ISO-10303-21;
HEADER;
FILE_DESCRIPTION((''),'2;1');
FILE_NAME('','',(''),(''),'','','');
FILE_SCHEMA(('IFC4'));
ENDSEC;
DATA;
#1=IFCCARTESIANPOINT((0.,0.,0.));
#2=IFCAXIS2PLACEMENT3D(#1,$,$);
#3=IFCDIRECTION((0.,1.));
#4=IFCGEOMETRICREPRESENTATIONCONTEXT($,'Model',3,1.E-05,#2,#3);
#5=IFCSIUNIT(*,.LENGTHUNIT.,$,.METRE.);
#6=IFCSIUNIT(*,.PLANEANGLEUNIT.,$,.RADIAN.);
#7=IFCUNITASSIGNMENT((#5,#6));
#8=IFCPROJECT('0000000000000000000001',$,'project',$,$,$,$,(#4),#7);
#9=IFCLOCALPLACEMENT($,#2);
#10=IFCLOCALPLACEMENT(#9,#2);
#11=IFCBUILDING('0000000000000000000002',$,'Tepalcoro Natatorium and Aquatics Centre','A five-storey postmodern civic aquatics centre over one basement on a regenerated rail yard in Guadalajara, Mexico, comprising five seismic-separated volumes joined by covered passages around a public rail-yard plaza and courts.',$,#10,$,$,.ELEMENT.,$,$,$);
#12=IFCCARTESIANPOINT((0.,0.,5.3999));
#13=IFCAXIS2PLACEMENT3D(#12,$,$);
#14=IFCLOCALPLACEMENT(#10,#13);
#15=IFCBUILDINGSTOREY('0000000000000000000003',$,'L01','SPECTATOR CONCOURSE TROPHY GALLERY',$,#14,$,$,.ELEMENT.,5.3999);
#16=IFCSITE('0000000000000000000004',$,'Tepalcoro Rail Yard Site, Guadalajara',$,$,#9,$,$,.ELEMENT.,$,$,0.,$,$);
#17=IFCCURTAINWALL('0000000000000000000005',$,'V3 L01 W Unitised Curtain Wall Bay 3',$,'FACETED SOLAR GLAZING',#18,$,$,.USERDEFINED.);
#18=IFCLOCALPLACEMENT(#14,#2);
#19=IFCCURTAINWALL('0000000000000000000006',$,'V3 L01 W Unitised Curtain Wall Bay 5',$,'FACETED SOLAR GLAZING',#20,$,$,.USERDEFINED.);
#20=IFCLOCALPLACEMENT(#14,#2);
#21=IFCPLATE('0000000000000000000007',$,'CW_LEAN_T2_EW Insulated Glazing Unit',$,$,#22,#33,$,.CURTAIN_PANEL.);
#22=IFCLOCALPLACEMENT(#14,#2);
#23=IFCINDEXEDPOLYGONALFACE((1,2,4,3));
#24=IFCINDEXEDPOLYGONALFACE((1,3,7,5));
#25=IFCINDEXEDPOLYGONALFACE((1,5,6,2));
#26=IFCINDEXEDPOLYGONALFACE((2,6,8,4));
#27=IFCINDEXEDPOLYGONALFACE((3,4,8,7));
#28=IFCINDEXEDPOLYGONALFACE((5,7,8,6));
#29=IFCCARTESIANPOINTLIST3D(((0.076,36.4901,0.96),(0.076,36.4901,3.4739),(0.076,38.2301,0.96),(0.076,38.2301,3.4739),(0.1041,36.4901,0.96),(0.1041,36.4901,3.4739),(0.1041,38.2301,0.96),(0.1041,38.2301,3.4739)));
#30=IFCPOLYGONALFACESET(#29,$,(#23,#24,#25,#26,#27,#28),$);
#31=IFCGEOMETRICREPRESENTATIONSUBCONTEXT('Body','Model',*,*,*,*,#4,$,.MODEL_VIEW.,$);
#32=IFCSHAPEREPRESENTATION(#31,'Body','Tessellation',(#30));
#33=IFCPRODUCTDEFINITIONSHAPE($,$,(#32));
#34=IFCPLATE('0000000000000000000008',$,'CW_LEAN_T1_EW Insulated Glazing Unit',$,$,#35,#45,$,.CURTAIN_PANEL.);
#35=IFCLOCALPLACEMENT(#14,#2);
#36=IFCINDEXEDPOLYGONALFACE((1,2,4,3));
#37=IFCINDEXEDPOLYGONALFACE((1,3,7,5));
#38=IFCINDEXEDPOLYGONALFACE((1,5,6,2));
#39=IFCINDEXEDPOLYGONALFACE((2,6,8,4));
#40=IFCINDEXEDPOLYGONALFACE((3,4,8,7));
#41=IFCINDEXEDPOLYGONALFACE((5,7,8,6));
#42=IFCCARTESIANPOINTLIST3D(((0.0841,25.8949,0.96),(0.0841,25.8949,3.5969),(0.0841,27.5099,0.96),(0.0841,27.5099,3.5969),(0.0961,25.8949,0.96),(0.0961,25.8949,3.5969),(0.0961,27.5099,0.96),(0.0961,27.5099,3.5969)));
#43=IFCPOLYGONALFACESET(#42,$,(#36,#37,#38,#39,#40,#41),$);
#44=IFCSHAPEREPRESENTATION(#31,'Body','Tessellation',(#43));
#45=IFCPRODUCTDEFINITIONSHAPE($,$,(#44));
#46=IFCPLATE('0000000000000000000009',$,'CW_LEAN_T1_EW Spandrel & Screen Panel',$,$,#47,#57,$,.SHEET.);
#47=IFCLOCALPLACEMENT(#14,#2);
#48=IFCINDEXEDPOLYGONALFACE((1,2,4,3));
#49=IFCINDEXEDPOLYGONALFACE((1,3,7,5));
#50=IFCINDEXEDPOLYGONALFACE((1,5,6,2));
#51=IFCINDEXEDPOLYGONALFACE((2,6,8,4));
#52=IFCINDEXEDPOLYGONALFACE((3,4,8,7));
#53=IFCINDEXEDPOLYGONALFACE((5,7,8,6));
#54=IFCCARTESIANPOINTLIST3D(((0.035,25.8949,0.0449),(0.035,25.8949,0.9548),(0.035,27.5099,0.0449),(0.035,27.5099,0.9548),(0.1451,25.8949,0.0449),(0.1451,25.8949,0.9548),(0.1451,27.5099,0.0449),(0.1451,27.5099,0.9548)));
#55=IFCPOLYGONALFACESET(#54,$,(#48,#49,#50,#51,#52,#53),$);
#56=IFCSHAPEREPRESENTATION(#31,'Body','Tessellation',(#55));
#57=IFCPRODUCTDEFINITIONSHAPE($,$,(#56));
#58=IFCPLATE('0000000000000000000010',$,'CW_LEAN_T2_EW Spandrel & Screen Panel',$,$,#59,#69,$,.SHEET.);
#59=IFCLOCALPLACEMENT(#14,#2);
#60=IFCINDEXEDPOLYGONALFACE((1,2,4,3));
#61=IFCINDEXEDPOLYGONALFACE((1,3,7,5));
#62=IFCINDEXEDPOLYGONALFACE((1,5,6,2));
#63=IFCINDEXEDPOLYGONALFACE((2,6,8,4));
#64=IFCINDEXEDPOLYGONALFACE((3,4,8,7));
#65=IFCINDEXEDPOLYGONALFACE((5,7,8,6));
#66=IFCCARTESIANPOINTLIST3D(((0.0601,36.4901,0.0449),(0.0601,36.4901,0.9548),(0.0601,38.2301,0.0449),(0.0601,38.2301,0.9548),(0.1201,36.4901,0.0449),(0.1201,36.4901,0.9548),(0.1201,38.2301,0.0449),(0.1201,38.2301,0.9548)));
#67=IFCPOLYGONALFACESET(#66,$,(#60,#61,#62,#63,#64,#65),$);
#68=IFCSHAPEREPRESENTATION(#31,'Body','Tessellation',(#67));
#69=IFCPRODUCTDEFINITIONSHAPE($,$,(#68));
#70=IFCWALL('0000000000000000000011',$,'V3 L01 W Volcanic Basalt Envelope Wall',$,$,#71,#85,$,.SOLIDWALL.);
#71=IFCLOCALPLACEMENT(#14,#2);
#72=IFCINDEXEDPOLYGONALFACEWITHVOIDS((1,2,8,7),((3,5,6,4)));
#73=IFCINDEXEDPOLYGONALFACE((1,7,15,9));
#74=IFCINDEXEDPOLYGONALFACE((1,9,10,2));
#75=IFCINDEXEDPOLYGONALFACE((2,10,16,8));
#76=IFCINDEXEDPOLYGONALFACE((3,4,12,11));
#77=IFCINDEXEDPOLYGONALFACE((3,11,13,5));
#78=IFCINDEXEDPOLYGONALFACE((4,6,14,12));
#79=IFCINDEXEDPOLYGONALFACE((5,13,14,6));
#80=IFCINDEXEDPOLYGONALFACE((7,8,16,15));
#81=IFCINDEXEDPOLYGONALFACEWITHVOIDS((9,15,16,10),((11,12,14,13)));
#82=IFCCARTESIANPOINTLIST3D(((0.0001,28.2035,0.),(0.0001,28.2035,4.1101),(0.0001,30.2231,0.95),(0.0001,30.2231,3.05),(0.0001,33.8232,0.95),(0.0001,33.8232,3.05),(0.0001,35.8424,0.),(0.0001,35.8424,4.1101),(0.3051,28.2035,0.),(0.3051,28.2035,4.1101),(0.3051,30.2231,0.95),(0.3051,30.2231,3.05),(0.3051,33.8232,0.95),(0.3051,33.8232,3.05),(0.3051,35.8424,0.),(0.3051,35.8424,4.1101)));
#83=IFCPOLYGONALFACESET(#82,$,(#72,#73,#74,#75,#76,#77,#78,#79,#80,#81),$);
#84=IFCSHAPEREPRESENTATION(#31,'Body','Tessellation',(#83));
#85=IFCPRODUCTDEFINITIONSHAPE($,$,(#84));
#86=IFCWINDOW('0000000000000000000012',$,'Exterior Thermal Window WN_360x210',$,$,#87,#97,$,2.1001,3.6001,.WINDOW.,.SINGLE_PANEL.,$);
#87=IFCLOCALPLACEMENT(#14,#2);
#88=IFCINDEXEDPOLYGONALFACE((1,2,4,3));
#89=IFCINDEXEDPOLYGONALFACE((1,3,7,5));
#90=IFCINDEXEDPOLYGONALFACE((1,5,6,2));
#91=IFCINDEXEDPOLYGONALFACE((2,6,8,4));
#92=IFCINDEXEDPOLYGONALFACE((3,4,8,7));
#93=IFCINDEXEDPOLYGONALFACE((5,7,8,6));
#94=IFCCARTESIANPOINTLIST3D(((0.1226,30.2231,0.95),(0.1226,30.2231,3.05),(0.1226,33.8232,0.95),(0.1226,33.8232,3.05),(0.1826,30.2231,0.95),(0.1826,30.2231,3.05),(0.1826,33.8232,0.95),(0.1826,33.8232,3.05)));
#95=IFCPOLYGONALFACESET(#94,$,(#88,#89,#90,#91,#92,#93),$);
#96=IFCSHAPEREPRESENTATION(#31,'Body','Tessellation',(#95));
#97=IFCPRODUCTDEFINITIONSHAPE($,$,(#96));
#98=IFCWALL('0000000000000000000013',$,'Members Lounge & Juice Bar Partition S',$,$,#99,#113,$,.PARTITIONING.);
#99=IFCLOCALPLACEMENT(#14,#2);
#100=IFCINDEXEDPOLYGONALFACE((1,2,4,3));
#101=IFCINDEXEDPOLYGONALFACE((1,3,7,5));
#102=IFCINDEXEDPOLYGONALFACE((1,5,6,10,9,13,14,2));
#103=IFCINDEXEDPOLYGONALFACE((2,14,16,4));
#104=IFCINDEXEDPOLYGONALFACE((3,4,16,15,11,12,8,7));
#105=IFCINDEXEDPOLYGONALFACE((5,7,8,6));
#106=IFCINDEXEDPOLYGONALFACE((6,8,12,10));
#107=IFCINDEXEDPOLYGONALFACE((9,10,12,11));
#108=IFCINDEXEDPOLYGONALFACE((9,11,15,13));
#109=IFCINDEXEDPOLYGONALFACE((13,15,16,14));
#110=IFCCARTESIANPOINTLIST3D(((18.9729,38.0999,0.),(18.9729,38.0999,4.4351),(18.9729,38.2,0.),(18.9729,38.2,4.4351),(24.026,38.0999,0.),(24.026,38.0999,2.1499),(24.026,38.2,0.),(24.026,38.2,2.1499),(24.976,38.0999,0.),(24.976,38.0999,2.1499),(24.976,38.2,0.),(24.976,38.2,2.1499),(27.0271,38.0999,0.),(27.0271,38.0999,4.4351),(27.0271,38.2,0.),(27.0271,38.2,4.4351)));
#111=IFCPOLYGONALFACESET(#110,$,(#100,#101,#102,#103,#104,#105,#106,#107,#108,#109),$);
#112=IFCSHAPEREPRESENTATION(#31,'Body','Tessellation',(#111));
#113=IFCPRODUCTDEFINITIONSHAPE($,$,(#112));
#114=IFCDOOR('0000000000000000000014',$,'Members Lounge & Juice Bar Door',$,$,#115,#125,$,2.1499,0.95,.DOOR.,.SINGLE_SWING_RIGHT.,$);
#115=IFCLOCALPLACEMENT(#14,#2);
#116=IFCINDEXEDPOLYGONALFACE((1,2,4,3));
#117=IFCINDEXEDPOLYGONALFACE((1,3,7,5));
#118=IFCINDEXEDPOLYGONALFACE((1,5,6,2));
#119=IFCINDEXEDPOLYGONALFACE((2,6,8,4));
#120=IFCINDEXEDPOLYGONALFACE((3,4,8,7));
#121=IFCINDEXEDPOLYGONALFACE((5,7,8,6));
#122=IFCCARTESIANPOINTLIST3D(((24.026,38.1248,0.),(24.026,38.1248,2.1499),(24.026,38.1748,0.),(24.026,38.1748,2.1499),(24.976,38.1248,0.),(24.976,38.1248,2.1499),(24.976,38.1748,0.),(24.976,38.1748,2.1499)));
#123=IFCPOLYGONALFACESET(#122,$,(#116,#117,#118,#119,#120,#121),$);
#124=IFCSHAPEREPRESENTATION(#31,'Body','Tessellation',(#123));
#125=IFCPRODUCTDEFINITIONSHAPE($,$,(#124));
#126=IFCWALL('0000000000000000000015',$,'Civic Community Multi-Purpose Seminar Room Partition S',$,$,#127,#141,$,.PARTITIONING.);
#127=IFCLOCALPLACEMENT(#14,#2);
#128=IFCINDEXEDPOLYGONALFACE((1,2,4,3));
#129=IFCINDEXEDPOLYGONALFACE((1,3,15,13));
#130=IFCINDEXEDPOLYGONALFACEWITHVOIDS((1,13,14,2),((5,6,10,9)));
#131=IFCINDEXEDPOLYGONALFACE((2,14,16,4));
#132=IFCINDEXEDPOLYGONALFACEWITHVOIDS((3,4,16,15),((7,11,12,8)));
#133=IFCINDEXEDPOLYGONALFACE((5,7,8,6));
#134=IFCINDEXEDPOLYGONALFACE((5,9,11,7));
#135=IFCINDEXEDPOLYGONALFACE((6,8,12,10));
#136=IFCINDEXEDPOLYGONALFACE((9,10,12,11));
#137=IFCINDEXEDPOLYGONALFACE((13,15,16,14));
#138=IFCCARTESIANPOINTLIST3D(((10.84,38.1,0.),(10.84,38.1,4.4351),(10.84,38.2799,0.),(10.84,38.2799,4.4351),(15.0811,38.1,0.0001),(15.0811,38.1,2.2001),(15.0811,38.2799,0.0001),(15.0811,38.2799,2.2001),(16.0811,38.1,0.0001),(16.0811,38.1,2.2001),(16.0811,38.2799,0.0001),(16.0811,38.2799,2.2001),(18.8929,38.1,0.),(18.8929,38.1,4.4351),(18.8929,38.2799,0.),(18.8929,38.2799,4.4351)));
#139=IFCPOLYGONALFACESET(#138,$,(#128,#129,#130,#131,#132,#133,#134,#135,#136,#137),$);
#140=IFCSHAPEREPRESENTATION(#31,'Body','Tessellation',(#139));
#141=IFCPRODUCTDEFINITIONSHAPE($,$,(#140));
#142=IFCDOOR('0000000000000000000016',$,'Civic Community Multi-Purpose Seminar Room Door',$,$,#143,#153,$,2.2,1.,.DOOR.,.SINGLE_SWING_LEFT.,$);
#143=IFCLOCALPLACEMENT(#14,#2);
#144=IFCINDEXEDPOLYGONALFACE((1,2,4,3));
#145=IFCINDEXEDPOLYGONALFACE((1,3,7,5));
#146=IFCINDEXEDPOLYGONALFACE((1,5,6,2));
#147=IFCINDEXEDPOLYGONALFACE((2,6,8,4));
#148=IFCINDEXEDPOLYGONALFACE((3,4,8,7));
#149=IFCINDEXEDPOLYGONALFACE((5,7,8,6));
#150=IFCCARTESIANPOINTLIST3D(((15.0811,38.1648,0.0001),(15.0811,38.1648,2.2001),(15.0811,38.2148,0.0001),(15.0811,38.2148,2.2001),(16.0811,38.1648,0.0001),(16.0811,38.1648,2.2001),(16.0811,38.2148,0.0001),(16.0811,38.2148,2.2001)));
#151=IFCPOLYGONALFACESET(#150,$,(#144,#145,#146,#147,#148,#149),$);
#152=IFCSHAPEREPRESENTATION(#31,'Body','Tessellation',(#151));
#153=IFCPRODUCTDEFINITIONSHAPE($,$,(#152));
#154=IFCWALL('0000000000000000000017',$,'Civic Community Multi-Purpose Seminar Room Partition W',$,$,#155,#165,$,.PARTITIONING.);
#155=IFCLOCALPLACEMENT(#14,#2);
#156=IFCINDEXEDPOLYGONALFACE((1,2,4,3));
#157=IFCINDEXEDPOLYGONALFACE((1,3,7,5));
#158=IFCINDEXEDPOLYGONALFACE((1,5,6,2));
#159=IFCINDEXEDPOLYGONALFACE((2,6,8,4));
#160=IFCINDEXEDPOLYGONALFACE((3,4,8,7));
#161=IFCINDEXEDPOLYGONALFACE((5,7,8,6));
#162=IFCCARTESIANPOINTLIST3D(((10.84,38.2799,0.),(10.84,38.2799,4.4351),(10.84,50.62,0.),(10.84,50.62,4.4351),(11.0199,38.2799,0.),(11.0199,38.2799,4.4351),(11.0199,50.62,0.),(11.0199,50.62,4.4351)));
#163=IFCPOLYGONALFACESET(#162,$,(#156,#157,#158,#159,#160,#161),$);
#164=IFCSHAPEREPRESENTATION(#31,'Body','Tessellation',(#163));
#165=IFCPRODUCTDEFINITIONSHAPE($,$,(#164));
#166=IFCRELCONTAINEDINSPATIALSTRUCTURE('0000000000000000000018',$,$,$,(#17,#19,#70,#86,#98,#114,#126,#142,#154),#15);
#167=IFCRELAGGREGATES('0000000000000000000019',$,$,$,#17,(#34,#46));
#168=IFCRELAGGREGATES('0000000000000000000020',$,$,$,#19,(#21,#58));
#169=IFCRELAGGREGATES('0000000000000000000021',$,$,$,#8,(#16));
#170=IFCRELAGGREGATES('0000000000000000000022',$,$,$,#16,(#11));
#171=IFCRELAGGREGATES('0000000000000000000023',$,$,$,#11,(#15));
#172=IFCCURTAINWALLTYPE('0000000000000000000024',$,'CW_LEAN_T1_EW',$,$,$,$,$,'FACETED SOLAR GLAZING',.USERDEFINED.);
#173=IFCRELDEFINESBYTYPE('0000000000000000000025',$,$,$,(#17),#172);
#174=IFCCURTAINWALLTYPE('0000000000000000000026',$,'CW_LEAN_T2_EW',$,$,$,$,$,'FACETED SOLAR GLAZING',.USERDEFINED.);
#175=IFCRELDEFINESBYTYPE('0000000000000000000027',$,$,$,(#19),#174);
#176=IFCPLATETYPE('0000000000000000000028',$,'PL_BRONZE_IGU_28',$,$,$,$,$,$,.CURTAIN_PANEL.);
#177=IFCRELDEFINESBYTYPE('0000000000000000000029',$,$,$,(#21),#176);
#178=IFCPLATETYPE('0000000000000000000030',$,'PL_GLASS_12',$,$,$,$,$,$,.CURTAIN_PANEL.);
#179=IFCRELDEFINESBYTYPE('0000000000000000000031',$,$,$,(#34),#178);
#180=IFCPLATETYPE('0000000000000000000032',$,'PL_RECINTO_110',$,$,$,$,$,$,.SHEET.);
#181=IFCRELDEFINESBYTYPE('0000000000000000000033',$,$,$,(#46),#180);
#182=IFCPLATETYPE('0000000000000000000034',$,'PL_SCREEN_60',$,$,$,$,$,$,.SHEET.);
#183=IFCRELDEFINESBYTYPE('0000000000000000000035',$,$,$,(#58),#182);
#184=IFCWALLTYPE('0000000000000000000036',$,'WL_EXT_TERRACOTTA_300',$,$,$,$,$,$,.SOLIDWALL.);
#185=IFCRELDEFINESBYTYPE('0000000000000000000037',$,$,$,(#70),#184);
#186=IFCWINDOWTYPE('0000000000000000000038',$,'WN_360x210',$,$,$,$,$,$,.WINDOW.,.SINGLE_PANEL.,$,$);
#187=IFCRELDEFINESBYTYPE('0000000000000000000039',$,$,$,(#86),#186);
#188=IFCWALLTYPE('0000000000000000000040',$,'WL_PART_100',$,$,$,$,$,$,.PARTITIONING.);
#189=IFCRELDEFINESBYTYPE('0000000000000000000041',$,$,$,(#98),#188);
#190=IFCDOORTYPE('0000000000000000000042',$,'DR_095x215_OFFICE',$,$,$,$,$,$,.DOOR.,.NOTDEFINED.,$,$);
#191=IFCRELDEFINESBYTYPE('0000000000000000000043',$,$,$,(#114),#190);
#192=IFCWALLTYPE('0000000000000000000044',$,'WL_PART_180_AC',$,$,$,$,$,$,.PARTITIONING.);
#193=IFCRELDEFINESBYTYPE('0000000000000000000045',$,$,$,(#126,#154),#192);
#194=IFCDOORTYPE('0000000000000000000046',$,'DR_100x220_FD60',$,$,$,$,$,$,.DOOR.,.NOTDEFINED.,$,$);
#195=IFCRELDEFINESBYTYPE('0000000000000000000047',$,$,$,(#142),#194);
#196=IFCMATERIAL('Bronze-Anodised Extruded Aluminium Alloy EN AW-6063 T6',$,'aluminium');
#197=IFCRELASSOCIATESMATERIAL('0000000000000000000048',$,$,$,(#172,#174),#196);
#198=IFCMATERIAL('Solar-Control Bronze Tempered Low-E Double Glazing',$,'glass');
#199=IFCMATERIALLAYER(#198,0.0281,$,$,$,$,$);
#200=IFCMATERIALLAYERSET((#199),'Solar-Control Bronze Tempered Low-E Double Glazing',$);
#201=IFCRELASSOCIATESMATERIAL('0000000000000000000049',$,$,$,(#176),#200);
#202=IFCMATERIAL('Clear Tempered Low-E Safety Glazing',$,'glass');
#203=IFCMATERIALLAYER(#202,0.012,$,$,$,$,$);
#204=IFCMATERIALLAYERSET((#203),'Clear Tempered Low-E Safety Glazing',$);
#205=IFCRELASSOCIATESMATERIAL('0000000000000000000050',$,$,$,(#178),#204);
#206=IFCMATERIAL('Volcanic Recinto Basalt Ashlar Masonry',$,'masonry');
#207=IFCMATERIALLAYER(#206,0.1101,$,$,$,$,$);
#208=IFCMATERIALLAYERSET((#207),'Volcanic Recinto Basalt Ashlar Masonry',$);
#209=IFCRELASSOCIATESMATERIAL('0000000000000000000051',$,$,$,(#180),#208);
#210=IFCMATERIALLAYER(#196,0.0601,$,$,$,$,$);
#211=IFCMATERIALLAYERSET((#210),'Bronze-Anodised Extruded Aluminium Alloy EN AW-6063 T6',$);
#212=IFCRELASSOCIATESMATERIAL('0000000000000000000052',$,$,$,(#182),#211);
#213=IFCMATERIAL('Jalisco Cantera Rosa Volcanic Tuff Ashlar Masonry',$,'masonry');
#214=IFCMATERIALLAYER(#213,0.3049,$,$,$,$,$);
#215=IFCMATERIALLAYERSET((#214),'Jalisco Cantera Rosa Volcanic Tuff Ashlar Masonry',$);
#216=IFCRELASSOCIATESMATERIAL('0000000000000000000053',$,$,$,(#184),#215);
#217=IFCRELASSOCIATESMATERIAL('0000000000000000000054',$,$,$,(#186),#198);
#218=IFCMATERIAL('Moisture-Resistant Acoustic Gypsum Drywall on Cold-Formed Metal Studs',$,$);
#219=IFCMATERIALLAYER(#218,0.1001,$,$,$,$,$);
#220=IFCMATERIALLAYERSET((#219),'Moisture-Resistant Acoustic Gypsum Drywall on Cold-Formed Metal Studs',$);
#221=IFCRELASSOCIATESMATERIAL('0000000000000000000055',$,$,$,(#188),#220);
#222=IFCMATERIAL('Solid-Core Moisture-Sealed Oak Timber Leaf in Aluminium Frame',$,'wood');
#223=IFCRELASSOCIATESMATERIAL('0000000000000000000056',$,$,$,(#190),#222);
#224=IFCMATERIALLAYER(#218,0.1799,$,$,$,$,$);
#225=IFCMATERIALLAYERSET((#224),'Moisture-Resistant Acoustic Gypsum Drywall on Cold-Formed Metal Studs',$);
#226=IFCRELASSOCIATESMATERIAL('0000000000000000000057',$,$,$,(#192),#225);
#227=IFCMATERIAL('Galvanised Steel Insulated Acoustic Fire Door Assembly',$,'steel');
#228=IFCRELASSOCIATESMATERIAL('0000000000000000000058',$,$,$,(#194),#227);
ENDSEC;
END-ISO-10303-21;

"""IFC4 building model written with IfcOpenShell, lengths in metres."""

from ifc_helpers import new_model, si_unit, direction, frame, frame_2d, origin, origin_2d, place, context, subcontext, project, spatial, rectangle, extrude, material, layer, layer_set, type_object, element, fill, aggregate, save


model = new_model("IFC4")

# Units and contexts
model_context = context("Model", 3, precision=1e-05, world=origin(), true_north=direction((0.0, 1.0)))
body_context = subcontext(model_context, "Body", "Model", "MODEL_VIEW")
ifc_project = project(units=[si_unit("LENGTHUNIT", "METRE"), si_unit("PLANEANGLEUNIT", "RADIAN")], contexts=[model_context])

# Site, building, storey
site_placement = place(None, origin())
site = spatial("IfcSite", under=ifc_project, at=site_placement, Name="Tepalcoro Rail Yard Site, Guadalajara", CompositionType="ELEMENT", RefElevation=0.0)
building_placement = place(site_placement, origin())
building = spatial("IfcBuilding", under=site, at=building_placement, Name="Tepalcoro Natatorium and Aquatics Centre", Description="A five-storey postmodern civic aquatics centre over one basement on a regenerated rail yard in Guadalajara, Mexico, comprising five seismic-separated volumes joined by covered passages around a public rail-yard plaza and courts.", CompositionType="ELEMENT")
storey_placement = place(building_placement, frame((0.0, 0.0, 5.3999)))
storey = spatial("IfcBuildingStorey", under=building, at=storey_placement, Name="L01", Description="SPECTATOR CONCOURSE TROPHY GALLERY", CompositionType="ELEMENT", Elevation=5.3999)

# Curtain wall
ifc_material_1 = material(Name="Bronze-Anodised Extruded Aluminium Alloy EN AW-6063 T6", Category="aluminium")
curtain_wall_type_1 = type_object("IfcCurtainWallType", Name="CW_LEAN_T1_EW", ElementType="FACETED SOLAR GLAZING", PredefinedType="USERDEFINED", material=ifc_material_1)
curtain_wall_1_placement = place(storey_placement, origin())
curtain_wall_1 = element("IfcCurtainWall", 1, at=curtain_wall_1_placement, inside=storey, type_object=curtain_wall_type_1, Name="V3 L01 W Unitised Curtain Wall Bay 3", ObjectType="FACETED SOLAR GLAZING", PredefinedType="USERDEFINED")

# Curtain wall
curtain_wall_type_2 = type_object("IfcCurtainWallType", Name="CW_LEAN_T2_EW", ElementType="FACETED SOLAR GLAZING", PredefinedType="USERDEFINED", material=ifc_material_1)
curtain_wall_2_placement = place(storey_placement, origin())
curtain_wall_2 = element("IfcCurtainWall", 2, at=curtain_wall_2_placement, inside=storey, type_object=curtain_wall_type_2, Name="V3 L01 W Unitised Curtain Wall Bay 5", ObjectType="FACETED SOLAR GLAZING", PredefinedType="USERDEFINED")

# Plates
ifc_material_2 = material(Name="Solar-Control Bronze Tempered Low-E Double Glazing", Category="glass")
ifc_layer_1 = layer(ifc_material_2, 0.0281)
ifc_layer_set_1 = layer_set([ifc_layer_1], Name="Solar-Control Bronze Tempered Low-E Double Glazing")
plate_type_1 = type_object("IfcPlateType", Name="PL_BRONZE_IGU_28", PredefinedType="CURTAIN_PANEL", material=ifc_layer_set_1)
plate_1_placement = place(storey_placement, frame((0.0901, 37.3601, 0.96), z_axis=(0.0, 0.0, 1.0), x_axis=(1.0, 0.0, 0.0)))
plate_1 = element("IfcPlate", 3, at=plate_1_placement, type_object=plate_type_1, Name="CW_LEAN_T2_EW Insulated Glazing Unit", PredefinedType="CURTAIN_PANEL", context=body_context, shape_type="SweptSolid", body=[
    extrude(rectangle(XDim=0.0281, YDim=1.74, at=origin_2d()), origin(), (0.0, 0.0, 1.0), 2.5139),
])
ifc_material_3 = material(Name="Clear Tempered Low-E Safety Glazing", Category="glass")
ifc_layer_2 = layer(ifc_material_3, 0.012)
ifc_layer_set_2 = layer_set([ifc_layer_2], Name="Clear Tempered Low-E Safety Glazing")
plate_type_2 = type_object("IfcPlateType", Name="PL_GLASS_12", PredefinedType="CURTAIN_PANEL", material=ifc_layer_set_2)
plate_2_placement = place(storey_placement, frame((0.0901, 26.7024, 0.96), z_axis=(0.0, 0.0, 1.0), x_axis=(1.0, 0.0, 0.0)))
plate_2 = element("IfcPlate", 4, at=plate_2_placement, type_object=plate_type_2, Name="CW_LEAN_T1_EW Insulated Glazing Unit", PredefinedType="CURTAIN_PANEL", context=body_context, shape_type="SweptSolid", body=[
    extrude(rectangle(XDim=0.012, YDim=1.615, at=origin_2d()), origin(), (0.0, 0.0, 1.0), 2.637),
])
ifc_material_4 = material(Name="Volcanic Recinto Basalt Ashlar Masonry", Category="masonry")
ifc_layer_3 = layer(ifc_material_4, 0.1101)
ifc_layer_set_3 = layer_set([ifc_layer_3], Name="Volcanic Recinto Basalt Ashlar Masonry")
plate_type_3 = type_object("IfcPlateType", Name="PL_RECINTO_110", PredefinedType="SHEET", material=ifc_layer_set_3)
plate_3_placement = place(storey_placement, frame((0.0901, 26.7024, 0.0449), z_axis=(0.0, 0.0, 1.0), x_axis=(1.0, 0.0, 0.0)))
plate_3 = element("IfcPlate", 5, at=plate_3_placement, type_object=plate_type_3, Name="CW_LEAN_T1_EW Spandrel & Screen Panel", PredefinedType="SHEET", context=body_context, shape_type="SweptSolid", body=[
    extrude(rectangle(XDim=0.1101, YDim=1.615, at=origin_2d()), origin(), (0.0, 0.0, 1.0), 0.9099),
])
aggregate(curtain_wall_1, [plate_2, plate_3])
ifc_layer_4 = layer(ifc_material_1, 0.0601)
ifc_layer_set_4 = layer_set([ifc_layer_4], Name="Bronze-Anodised Extruded Aluminium Alloy EN AW-6063 T6")
plate_type_4 = type_object("IfcPlateType", Name="PL_SCREEN_60", PredefinedType="SHEET", material=ifc_layer_set_4)
plate_4_placement = place(storey_placement, frame((0.0901, 37.3601, 0.0449), z_axis=(0.0, 0.0, 1.0), x_axis=(1.0, 0.0, 0.0)))
plate_4 = element("IfcPlate", 6, at=plate_4_placement, type_object=plate_type_4, Name="CW_LEAN_T2_EW Spandrel & Screen Panel", PredefinedType="SHEET", context=body_context, shape_type="SweptSolid", body=[
    extrude(rectangle(XDim=0.0601, YDim=1.74, at=origin_2d()), origin(), (0.0, 0.0, 1.0), 0.9099),
])
aggregate(curtain_wall_2, [plate_1, plate_4])

# Wall, opening, window
ifc_material_5 = material(Name="Jalisco Cantera Rosa Volcanic Tuff Ashlar Masonry", Category="masonry")
ifc_layer_5 = layer(ifc_material_5, 0.3049)
ifc_layer_set_5 = layer_set([ifc_layer_5], Name="Jalisco Cantera Rosa Volcanic Tuff Ashlar Masonry")
wall_type_1 = type_object("IfcWallType", Name="WL_EXT_TERRACOTTA_300", PredefinedType="SOLIDWALL", material=ifc_layer_set_5)
wall_1_placement = place(storey_placement, frame((0.1526, 28.2036, 0.0), z_axis=(0.0, 0.0, 1.0), x_axis=(0.0, 1.0, 0.0)))
wall_1 = element("IfcWall", 7, at=wall_1_placement, inside=storey, type_object=wall_type_1, Name="V3 L01 W Volcanic Basalt Envelope Wall", PredefinedType="SOLIDWALL", context=body_context, shape_type="SweptSolid", body=[
    extrude(rectangle(XDim=7.6389, YDim=0.3049, at=frame_2d((3.8193, 0.0))), origin(), (0.0, 0.0, 1.0), 4.1101),
])
opening_1_placement = place(wall_1_placement, frame((2.0195, 0.0, 0.95)))
opening_1 = element("IfcOpeningElement", 8, at=opening_1_placement, cuts=wall_1, PredefinedType="OPENING", context=body_context, shape_type="SweptSolid", body=[
    extrude(rectangle(XDim=3.6001, YDim=2.1001, at=frame_2d((1.8, 1.05))), frame((0.0, 0.1646, 0.0), z_axis=(0.0, -1.0, 0.0), x_axis=(1.0, 0.0, 0.0)), (0.0, 0.0, 1.0), 0.3289),
])
window_type = type_object("IfcWindowType", Name="WN_360x210", PartitioningType="SINGLE_PANEL", PredefinedType="WINDOW", material=ifc_material_2)
window_placement = place(opening_1_placement, origin())
window = element("IfcWindow", 9, at=window_placement, inside=storey, type_object=window_type, Name="Exterior Thermal Window WN_360x210", OverallHeight=2.1001, OverallWidth=3.6001, PartitioningType="SINGLE_PANEL", PredefinedType="WINDOW", context=body_context, shape_type="SweptSolid", body=[
    extrude(rectangle(XDim=3.6001, YDim=2.1001, at=frame_2d((1.8, 1.05))), frame((0.0, 0.03, 0.0), z_axis=(0.0, -1.0, 0.0), x_axis=(1.0, 0.0, 0.0)), (0.0, 0.0, 1.0), 0.0601),
])
fill(opening_1, window)

# Walls, openings, doors
ifc_material_6 = material(Name="Moisture-Resistant Acoustic Gypsum Drywall on Cold-Formed Metal Studs")
ifc_layer_6 = layer(ifc_material_6, 0.1001)
ifc_layer_set_6 = layer_set([ifc_layer_6], Name="Moisture-Resistant Acoustic Gypsum Drywall on Cold-Formed Metal Studs")
wall_type_2 = type_object("IfcWallType", Name="WL_PART_100", PredefinedType="PARTITIONING", material=ifc_layer_set_6)
wall_2_placement = place(storey_placement, frame((18.9729, 38.1499, 0.0), z_axis=(0.0, 0.0, 1.0), x_axis=(1.0, 0.0, 0.0)))
wall_2 = element("IfcWall", 10, at=wall_2_placement, inside=storey, type_object=wall_type_2, Name="Members Lounge & Juice Bar Partition S", PredefinedType="PARTITIONING", context=body_context, shape_type="SweptSolid", body=[
    extrude(rectangle(XDim=8.0542, YDim=0.1001, at=frame_2d((4.0271, 0.0))), origin(), (0.0, 0.0, 1.0), 4.4351),
])
opening_2_placement = place(wall_2_placement, frame((5.053, 0.0, 0.0)))
opening_2 = element("IfcOpeningElement", 11, at=opening_2_placement, cuts=wall_2, PredefinedType="OPENING", context=body_context, shape_type="SweptSolid", body=[
    extrude(rectangle(XDim=0.95, YDim=2.1499, at=frame_2d((0.4751, 1.075))), frame((0.0, 0.062, 0.0), z_axis=(0.0, -1.0, 0.0), x_axis=(1.0, 0.0, 0.0)), (0.0, 0.0, 1.0), 0.124),
])
ifc_material_7 = material(Name="Solid-Core Moisture-Sealed Oak Timber Leaf in Aluminium Frame", Category="wood")
door_type_1 = type_object("IfcDoorType", Name="DR_095x215_OFFICE", OperationType="NOTDEFINED", PredefinedType="DOOR", material=ifc_material_7)
door_1_placement = place(opening_2_placement, origin())
door_1 = element("IfcDoor", 12, at=door_1_placement, inside=storey, type_object=door_type_1, Name="Members Lounge & Juice Bar Door", OperationType="SINGLE_SWING_RIGHT", OverallHeight=2.1499, OverallWidth=0.95, PredefinedType="DOOR", context=body_context, shape_type="SweptSolid", body=[
    extrude(rectangle(XDim=0.95, YDim=2.1499, at=frame_2d((0.4751, 1.075))), frame((0.0, 0.0249, 0.0), z_axis=(0.0, -1.0, 0.0), x_axis=(1.0, 0.0, 0.0)), (0.0, 0.0, 1.0), 0.05),
])
fill(opening_2, door_1)
ifc_layer_7 = layer(ifc_material_6, 0.1799)
ifc_layer_set_7 = layer_set([ifc_layer_7], Name="Moisture-Resistant Acoustic Gypsum Drywall on Cold-Formed Metal Studs")
wall_type_3 = type_object("IfcWallType", Name="WL_PART_180_AC", PredefinedType="PARTITIONING", material=ifc_layer_set_7)
wall_3_placement = place(storey_placement, frame((10.8401, 38.1899, 0.0), z_axis=(0.0, 0.0, 1.0), x_axis=(1.0, 0.0, 0.0)))
wall_3 = element("IfcWall", 13, at=wall_3_placement, inside=storey, type_object=wall_type_3, Name="Civic Community Multi-Purpose Seminar Room Partition S", PredefinedType="PARTITIONING", context=body_context, shape_type="SweptSolid", body=[
    extrude(rectangle(XDim=8.053, YDim=0.1799, at=frame_2d((4.0264, 0.0))), origin(), (0.0, 0.0, 1.0), 4.4351),
])
opening_3_placement = place(wall_3_placement, frame((4.241, 0.0, 0.0)))
opening_3 = element("IfcOpeningElement", 14, at=opening_3_placement, cuts=wall_3, PredefinedType="OPENING", context=body_context, shape_type="SweptSolid", body=[
    extrude(rectangle(XDim=1.0, YDim=2.2, at=frame_2d((0.5, 1.1001))), frame((0.0, 0.1021, 0.0), z_axis=(0.0, -1.0, 0.0), x_axis=(1.0, 0.0, 0.0)), (0.0, 0.0, 1.0), 0.2039),
])
ifc_material_8 = material(Name="Galvanised Steel Insulated Acoustic Fire Door Assembly", Category="steel")
door_type_2 = type_object("IfcDoorType", Name="DR_100x220_FD60", OperationType="NOTDEFINED", PredefinedType="DOOR", material=ifc_material_8)
door_2_placement = place(opening_3_placement, origin())
door_2 = element("IfcDoor", 15, at=door_2_placement, inside=storey, type_object=door_type_2, Name="Civic Community Multi-Purpose Seminar Room Door", OperationType="SINGLE_SWING_LEFT", OverallHeight=2.2, OverallWidth=1.0, PredefinedType="DOOR", context=body_context, shape_type="SweptSolid", body=[
    extrude(rectangle(XDim=1.0, YDim=2.2, at=frame_2d((0.5, 1.1001))), frame((0.0, 0.0249, 0.0), z_axis=(0.0, -1.0, 0.0), x_axis=(1.0, 0.0, 0.0)), (0.0, 0.0, 1.0), 0.05),
])
fill(opening_3, door_2)

# Wall
wall_4_placement = place(storey_placement, frame((10.9299, 38.28, 0.0), z_axis=(0.0, 0.0, 1.0), x_axis=(0.0, 1.0, 0.0)))
element("IfcWall", 16, at=wall_4_placement, inside=storey, type_object=wall_type_3, Name="Civic Community Multi-Purpose Seminar Room Partition W", PredefinedType="PARTITIONING", context=body_context, shape_type="SweptSolid", body=[
    extrude(rectangle(XDim=12.3401, YDim=0.1799, at=frame_2d((6.1699, 0.0))), origin(), (0.0, 0.0, 1.0), 4.4351),
])

save(model, "model.ifc")
